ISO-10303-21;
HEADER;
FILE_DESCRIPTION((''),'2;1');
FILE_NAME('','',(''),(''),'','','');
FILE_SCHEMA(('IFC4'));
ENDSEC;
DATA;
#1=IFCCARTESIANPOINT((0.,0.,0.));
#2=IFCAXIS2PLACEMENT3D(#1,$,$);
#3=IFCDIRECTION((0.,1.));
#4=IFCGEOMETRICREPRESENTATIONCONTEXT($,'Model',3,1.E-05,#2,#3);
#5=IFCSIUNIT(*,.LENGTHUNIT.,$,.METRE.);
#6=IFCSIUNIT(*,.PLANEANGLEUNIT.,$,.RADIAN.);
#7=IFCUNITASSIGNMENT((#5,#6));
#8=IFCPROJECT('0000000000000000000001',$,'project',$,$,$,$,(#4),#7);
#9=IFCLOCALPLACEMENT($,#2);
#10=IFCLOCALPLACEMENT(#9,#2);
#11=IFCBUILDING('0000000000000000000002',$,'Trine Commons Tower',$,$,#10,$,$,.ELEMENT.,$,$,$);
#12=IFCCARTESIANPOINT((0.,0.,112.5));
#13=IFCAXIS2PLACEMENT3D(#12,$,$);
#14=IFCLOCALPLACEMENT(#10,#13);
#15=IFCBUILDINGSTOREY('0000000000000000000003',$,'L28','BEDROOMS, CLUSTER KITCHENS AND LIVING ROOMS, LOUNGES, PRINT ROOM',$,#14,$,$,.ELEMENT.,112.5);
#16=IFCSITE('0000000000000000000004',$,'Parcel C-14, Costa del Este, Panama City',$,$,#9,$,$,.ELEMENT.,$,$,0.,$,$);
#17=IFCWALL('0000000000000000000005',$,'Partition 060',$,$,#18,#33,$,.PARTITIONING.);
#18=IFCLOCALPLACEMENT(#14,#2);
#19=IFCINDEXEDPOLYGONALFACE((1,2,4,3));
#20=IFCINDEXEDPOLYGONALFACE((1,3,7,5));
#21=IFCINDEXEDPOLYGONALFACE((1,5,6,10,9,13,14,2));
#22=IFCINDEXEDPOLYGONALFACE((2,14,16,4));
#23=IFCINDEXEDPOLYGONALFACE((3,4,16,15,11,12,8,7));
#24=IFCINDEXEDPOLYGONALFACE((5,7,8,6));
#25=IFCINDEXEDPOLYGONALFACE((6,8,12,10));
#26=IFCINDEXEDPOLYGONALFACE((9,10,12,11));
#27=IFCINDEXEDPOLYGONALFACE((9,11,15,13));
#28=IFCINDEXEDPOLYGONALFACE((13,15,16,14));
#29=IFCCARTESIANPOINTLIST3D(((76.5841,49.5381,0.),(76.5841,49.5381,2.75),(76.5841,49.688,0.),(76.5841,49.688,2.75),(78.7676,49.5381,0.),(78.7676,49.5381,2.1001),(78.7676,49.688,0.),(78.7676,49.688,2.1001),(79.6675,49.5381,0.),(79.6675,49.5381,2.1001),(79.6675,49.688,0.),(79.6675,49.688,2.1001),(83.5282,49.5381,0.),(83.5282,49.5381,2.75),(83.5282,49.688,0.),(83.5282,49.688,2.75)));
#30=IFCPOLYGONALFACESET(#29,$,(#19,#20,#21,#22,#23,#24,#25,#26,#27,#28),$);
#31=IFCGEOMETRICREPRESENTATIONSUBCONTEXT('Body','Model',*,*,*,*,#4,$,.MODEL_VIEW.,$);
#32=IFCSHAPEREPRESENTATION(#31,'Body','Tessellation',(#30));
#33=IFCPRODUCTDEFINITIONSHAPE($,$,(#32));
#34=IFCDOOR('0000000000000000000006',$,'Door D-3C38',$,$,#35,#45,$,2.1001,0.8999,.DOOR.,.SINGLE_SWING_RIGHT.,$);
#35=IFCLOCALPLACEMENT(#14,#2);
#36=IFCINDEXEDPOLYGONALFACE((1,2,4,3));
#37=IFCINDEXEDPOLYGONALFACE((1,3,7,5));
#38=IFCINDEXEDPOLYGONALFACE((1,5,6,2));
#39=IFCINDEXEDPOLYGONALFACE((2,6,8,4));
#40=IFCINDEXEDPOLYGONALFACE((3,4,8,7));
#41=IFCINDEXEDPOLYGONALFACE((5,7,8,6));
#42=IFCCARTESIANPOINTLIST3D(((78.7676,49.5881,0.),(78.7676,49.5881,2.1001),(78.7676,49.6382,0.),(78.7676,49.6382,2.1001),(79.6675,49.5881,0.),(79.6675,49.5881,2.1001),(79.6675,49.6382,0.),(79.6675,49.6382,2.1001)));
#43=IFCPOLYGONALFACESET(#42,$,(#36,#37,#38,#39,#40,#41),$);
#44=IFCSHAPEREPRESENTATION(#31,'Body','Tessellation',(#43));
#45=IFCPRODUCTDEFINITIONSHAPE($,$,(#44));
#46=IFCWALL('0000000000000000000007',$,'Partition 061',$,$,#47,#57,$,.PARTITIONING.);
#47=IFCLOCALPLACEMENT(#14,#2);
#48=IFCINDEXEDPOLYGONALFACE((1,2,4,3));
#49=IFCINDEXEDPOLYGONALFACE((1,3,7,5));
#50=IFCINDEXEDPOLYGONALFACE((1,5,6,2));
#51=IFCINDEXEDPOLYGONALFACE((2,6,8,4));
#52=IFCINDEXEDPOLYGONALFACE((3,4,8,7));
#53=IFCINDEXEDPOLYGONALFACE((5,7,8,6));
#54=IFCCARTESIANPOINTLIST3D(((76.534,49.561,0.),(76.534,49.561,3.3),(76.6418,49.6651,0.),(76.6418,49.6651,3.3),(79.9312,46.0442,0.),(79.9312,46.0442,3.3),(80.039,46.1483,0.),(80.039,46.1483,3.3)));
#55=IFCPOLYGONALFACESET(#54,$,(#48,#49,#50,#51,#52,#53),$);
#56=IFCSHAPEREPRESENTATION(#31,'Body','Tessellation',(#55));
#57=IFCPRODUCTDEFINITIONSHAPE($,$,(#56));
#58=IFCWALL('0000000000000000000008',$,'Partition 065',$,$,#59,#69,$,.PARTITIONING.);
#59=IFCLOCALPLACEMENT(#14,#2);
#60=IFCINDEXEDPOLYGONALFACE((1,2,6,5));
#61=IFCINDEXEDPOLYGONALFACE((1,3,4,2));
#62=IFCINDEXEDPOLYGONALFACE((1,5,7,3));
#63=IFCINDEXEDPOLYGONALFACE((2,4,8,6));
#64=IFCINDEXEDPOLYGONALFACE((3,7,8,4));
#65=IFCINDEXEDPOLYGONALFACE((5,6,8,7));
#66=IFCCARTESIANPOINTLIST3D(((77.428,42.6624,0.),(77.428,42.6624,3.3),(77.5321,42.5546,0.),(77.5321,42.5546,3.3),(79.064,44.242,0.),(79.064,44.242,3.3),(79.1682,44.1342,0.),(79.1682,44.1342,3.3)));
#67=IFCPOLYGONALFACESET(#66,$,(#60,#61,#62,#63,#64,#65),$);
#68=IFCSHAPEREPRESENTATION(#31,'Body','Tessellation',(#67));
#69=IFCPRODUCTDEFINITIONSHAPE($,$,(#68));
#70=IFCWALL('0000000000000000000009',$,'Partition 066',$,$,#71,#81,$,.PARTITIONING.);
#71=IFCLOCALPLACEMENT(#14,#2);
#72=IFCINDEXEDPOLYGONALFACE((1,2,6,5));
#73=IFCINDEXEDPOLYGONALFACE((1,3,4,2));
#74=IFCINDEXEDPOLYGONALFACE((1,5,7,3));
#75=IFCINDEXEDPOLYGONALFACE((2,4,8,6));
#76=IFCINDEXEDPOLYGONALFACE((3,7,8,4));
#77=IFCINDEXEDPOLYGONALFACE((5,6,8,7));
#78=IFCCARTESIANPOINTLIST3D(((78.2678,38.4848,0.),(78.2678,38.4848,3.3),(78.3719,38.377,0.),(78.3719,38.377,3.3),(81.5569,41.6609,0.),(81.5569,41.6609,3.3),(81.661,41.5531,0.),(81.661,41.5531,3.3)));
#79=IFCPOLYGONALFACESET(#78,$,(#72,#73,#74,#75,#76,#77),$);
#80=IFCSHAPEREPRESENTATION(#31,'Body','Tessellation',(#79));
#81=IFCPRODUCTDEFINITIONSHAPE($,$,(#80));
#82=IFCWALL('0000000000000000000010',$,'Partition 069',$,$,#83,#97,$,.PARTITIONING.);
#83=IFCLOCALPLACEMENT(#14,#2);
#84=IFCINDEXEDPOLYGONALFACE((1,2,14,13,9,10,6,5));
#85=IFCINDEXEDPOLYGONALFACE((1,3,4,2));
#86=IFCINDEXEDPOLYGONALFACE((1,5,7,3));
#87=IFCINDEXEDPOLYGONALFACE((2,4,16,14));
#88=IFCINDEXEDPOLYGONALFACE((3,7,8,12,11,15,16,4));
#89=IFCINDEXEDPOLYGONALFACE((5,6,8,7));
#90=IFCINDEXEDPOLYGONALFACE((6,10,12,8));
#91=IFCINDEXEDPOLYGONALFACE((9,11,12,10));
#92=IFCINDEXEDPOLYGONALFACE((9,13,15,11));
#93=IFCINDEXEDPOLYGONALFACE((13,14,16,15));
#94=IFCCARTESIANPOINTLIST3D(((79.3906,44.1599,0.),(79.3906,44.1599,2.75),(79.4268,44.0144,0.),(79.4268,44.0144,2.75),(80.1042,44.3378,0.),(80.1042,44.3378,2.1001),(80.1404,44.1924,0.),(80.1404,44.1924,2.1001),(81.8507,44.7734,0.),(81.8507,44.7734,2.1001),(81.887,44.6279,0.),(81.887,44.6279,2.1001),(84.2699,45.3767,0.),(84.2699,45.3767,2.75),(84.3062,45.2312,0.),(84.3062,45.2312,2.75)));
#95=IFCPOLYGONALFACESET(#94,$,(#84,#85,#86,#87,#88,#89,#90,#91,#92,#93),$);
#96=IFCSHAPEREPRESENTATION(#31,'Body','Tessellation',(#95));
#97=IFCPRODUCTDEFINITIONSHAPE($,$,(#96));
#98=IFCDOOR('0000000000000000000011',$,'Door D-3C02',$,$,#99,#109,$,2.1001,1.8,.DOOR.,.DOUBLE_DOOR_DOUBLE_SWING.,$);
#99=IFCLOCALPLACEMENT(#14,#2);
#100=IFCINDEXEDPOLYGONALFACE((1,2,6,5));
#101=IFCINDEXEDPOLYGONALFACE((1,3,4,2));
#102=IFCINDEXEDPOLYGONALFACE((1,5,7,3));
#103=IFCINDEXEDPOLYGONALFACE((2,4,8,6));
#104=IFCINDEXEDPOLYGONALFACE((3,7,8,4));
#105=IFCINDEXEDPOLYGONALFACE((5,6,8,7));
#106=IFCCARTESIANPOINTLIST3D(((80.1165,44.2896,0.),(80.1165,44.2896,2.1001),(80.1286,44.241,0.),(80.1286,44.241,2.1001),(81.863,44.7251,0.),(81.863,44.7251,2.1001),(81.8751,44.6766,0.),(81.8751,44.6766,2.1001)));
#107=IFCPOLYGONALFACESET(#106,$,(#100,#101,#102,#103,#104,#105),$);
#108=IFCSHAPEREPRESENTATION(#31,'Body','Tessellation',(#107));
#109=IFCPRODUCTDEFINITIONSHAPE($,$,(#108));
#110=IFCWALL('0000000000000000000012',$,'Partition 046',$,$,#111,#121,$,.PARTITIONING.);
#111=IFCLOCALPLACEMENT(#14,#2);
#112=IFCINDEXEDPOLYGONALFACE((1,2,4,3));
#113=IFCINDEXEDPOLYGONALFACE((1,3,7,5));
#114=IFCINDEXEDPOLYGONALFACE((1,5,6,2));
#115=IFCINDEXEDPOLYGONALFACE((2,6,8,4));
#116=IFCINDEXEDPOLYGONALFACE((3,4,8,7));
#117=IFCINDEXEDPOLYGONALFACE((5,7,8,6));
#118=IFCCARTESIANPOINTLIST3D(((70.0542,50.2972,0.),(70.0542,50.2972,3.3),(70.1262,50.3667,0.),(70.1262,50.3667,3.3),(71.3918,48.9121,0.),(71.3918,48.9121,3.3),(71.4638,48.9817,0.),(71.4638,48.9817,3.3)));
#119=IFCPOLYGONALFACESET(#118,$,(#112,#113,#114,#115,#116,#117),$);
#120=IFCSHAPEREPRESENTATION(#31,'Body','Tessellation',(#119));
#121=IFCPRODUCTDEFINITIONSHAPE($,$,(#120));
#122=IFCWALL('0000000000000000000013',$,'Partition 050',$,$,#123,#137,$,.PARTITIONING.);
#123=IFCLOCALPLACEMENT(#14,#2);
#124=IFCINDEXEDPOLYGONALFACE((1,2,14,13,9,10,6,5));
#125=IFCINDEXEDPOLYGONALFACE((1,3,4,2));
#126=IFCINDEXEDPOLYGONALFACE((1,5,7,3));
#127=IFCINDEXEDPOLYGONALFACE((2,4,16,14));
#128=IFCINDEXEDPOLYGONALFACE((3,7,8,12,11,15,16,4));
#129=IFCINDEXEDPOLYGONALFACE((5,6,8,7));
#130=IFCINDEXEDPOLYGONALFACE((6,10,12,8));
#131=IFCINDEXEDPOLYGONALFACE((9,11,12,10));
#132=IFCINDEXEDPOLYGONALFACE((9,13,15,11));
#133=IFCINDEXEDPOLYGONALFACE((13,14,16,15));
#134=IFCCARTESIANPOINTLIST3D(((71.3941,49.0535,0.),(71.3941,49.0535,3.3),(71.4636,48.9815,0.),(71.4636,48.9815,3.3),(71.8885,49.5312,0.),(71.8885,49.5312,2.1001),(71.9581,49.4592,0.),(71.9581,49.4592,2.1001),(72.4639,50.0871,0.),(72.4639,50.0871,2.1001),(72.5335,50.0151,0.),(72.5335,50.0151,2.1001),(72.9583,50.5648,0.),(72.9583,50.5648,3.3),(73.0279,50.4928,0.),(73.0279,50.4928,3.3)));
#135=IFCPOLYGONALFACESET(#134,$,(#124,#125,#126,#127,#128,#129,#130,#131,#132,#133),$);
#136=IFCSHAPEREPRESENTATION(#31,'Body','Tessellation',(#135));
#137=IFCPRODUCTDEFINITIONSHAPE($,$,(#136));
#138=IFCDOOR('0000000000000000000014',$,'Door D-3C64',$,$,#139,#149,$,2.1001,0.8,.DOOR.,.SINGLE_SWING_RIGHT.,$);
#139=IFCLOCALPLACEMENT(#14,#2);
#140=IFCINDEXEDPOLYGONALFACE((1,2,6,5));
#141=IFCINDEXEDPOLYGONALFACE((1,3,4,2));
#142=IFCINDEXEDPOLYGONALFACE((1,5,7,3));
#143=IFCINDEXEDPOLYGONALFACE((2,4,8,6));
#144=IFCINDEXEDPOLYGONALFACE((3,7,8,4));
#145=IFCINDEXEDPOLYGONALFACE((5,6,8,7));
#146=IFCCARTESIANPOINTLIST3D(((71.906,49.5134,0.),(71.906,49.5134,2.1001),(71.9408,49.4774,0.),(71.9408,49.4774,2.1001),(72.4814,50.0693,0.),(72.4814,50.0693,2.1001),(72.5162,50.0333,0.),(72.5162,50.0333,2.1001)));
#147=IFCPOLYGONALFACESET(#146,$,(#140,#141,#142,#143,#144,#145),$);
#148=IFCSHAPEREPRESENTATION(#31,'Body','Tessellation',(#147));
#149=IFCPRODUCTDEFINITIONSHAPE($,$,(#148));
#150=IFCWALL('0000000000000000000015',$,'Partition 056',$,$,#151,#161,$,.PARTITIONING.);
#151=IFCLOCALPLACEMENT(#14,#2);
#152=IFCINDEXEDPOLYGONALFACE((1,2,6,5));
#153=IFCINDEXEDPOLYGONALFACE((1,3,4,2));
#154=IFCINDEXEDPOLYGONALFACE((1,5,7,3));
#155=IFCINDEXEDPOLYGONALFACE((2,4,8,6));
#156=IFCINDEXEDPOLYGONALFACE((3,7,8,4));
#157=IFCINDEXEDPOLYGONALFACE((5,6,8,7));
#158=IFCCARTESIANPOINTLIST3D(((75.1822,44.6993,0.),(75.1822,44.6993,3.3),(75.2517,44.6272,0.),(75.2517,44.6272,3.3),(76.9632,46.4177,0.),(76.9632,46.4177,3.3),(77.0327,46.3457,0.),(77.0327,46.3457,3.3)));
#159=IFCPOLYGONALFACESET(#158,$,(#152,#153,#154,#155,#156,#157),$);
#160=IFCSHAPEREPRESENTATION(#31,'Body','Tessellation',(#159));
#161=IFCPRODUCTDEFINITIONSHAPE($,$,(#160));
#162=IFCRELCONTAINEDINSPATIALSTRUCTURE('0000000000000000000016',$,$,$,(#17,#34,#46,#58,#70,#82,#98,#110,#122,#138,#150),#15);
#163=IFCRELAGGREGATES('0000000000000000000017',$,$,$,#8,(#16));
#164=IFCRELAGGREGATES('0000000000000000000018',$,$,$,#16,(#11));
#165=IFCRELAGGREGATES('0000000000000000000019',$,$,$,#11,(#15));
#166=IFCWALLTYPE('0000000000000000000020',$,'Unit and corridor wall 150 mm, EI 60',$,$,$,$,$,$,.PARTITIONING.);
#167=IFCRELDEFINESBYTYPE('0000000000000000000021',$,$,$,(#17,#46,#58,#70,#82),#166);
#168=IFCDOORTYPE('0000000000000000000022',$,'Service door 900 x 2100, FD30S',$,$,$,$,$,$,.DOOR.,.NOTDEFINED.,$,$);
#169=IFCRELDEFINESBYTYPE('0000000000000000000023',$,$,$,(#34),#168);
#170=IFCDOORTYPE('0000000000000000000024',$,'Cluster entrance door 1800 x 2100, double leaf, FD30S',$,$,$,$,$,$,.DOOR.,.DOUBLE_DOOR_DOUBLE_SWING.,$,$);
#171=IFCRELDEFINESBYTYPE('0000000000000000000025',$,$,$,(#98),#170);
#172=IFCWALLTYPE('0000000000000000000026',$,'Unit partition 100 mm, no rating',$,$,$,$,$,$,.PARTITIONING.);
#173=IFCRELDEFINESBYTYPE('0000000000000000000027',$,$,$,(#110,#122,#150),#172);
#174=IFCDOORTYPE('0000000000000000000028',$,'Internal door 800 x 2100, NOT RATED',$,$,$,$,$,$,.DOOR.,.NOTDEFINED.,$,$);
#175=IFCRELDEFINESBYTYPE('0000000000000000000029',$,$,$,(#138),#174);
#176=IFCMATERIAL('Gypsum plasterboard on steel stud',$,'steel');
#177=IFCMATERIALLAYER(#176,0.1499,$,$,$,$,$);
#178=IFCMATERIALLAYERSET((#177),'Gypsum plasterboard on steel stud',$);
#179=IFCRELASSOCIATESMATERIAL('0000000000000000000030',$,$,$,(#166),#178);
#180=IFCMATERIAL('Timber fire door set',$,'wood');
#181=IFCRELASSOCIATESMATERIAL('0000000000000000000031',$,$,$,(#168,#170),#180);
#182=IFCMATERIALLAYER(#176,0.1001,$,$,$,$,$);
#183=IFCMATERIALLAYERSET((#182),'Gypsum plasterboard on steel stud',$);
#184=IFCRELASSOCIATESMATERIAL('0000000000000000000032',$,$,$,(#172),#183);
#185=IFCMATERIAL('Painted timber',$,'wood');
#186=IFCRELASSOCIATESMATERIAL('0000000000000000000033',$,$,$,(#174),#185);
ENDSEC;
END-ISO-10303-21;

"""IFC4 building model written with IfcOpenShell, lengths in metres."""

from ifc_helpers import new_model, si_unit, direction, frame, frame_2d, origin, place, context, subcontext, project, spatial, rectangle, extrude, material, layer, layer_set, type_object, element, fill, save


model = new_model("IFC4")

# Units and contexts
model_context = context("Model", 3, precision=1e-05, world=origin(), true_north=direction((0.0, 1.0)))
body_context = subcontext(model_context, "Body", "Model", "MODEL_VIEW")
ifc_project = project(units=[si_unit("LENGTHUNIT", "METRE"), si_unit("PLANEANGLEUNIT", "RADIAN")], contexts=[model_context])

# Site, building, storey
site_placement = place(None, origin())
site = spatial("IfcSite", under=ifc_project, at=site_placement, Name="Parcel C-14, Costa del Este, Panama City", CompositionType="ELEMENT", RefElevation=0.0)
building_placement = place(site_placement, origin())
building = spatial("IfcBuilding", under=site, at=building_placement, Name="Trine Commons Tower", CompositionType="ELEMENT")
storey_placement = place(building_placement, frame((0.0, 0.0, 112.5)))
storey = spatial("IfcBuildingStorey", under=building, at=storey_placement, Name="L28", Description="BEDROOMS, CLUSTER KITCHENS AND LIVING ROOMS, LOUNGES, PRINT ROOM", CompositionType="ELEMENT", Elevation=112.5)

# Shared definitions
ifc_material_1 = material(Name="Gypsum plasterboard on steel stud", Category="steel")
ifc_layer_1 = layer(ifc_material_1, 0.1499)
ifc_layer_set_1 = layer_set([ifc_layer_1], Name="Gypsum plasterboard on steel stud")
wall_type_1 = type_object("IfcWallType", Name="Unit and corridor wall 150 mm, EI 60", PredefinedType="PARTITIONING", material=ifc_layer_set_1)

# Wall, opening, door
wall_1_placement = place(storey_placement, frame((76.584, 49.613, 0.0), z_axis=(0.0, 0.0, 1.0), x_axis=(1.0, 0.0, 0.0)))
wall_1 = element("IfcWall", 1, at=wall_1_placement, inside=storey, type_object=wall_type_1, Name="Partition 060", PredefinedType="PARTITIONING", context=body_context, shape_type="SweptSolid", body=[
    extrude(rectangle(XDim=6.9441, YDim=0.1499, at=frame_2d((3.4722, 0.0))), origin(), (0.0, 0.0, 1.0), 2.75),
])
opening_1_placement = place(wall_1_placement, frame((2.1836, 0.0, 0.0)))
opening_1 = element("IfcOpeningElement", 2, at=opening_1_placement, cuts=wall_1, PredefinedType="OPENING", context=body_context, shape_type="SweptSolid", body=[
    extrude(rectangle(XDim=0.8999, YDim=2.1001, at=frame_2d((0.45, 1.05))), frame((0.0, 0.085, 0.0), z_axis=(0.0, -1.0, 0.0), x_axis=(1.0, 0.0, 0.0)), (0.0, 0.0, 1.0), 0.1699),
])
ifc_material_2 = material(Name="Timber fire door set", Category="wood")
door_type_1 = type_object("IfcDoorType", Name="Service door 900 x 2100, FD30S", OperationType="NOTDEFINED", PredefinedType="DOOR", material=ifc_material_2)
door_1_placement = place(opening_1_placement, frame((0.8999, 0.0, 0.0), z_axis=(0.0, 0.0, 1.0), x_axis=(-1.0, 0.0, 0.0)))
door_1 = element("IfcDoor", 3, at=door_1_placement, inside=storey, type_object=door_type_1, Name="Door D-3C38", OperationType="SINGLE_SWING_RIGHT", OverallHeight=2.1001, OverallWidth=0.8999, PredefinedType="DOOR", context=body_context, shape_type="SweptSolid", body=[
    extrude(rectangle(XDim=0.8999, YDim=2.1001, at=frame_2d((0.45, 1.05))), frame((0.0, 0.0249, 0.0), z_axis=(0.0, -1.0, 0.0), x_axis=(1.0, 0.0, 0.0)), (0.0, 0.0, 1.0), 0.05),
])
fill(opening_1, door_1)

# Walls
wall_2_placement = place(storey_placement, frame((76.5879, 49.613, 0.0), z_axis=(0.0, 0.0, 1.0), x_axis=(0.694768, -0.719234, 0.0)))
element("IfcWall", 4, at=wall_2_placement, inside=storey, type_object=wall_type_1, Name="Partition 061", PredefinedType="PARTITIONING", context=body_context, shape_type="SweptSolid", body=[
    extrude(rectangle(XDim=4.8896, YDim=0.1499, at=frame_2d((2.4448, 0.0))), origin(), (0.0, 0.0, 1.0), 3.3),
])
wall_3_placement = place(storey_placement, frame((77.48, 42.6084, 0.0), z_axis=(0.0, 0.0, 1.0), x_axis=(0.719398, 0.694598, 0.0)))
element("IfcWall", 5, at=wall_3_placement, inside=storey, type_object=wall_type_1, Name="Partition 065", PredefinedType="PARTITIONING", context=body_context, shape_type="SweptSolid", body=[
    extrude(rectangle(XDim=2.2742, YDim=0.1499, at=frame_2d((1.1372, 0.0))), origin(), (0.0, 0.0, 1.0), 3.3),
])
wall_4_placement = place(storey_placement, frame((78.3198, 38.4309, 0.0), z_axis=(0.0, 0.0, 1.0), x_axis=(0.71936, 0.694637, 0.0)))
element("IfcWall", 6, at=wall_4_placement, inside=storey, type_object=wall_type_1, Name="Partition 066", PredefinedType="PARTITIONING", context=body_context, shape_type="SweptSolid", body=[
    extrude(rectangle(XDim=4.5723, YDim=0.1499, at=frame_2d((2.2861, 0.0))), origin(), (0.0, 0.0, 1.0), 3.3),
])

# Wall, opening, door
wall_5_placement = place(storey_placement, frame((79.4087, 44.0872, 0.0), z_axis=(0.0, 0.0, 1.0), x_axis=(0.970285, 0.241964, 0.0)))
wall_5 = element("IfcWall", 7, at=wall_5_placement, inside=storey, type_object=wall_type_1, Name="Partition 069", PredefinedType="PARTITIONING", context=body_context, shape_type="SweptSolid", body=[
    extrude(rectangle(XDim=5.0288, YDim=0.1499, at=frame_2d((2.5144, 0.0))), origin(), (0.0, 0.0, 1.0), 2.75),
])
opening_2_placement = place(wall_5_placement, frame((0.7356, 0.0, 0.0)))
opening_2 = element("IfcOpeningElement", 8, at=opening_2_placement, cuts=wall_5, PredefinedType="OPENING", context=body_context, shape_type="SweptSolid", body=[
    extrude(rectangle(XDim=1.8, YDim=2.1001, at=frame_2d((0.8999, 1.05))), frame((0.0, 0.085, 0.0), z_axis=(0.0, -1.0, 0.0), x_axis=(1.0, 0.0, 0.0)), (0.0, 0.0, 1.0), 0.1699),
])
door_type_2 = type_object("IfcDoorType", Name="Cluster entrance door 1800 x 2100, double leaf, FD30S", OperationType="DOUBLE_DOOR_DOUBLE_SWING", PredefinedType="DOOR", material=ifc_material_2)
door_2_placement = place(opening_2_placement, frame((1.8, 0.0, 0.0), z_axis=(0.0, 0.0, 1.0), x_axis=(-1.0, 0.0, 0.0)))
door_2 = element("IfcDoor", 9, at=door_2_placement, inside=storey, type_object=door_type_2, Name="Door D-3C02", OperationType="DOUBLE_DOOR_DOUBLE_SWING", OverallHeight=2.1001, OverallWidth=1.8, PredefinedType="DOOR", context=body_context, shape_type="SweptSolid", body=[
    extrude(rectangle(XDim=1.8, YDim=2.1001, at=frame_2d((0.8999, 1.05))), frame((0.0, 0.0249, 0.0), z_axis=(0.0, -1.0, 0.0), x_axis=(1.0, 0.0, 0.0)), (0.0, 0.0, 1.0), 0.05),
])
fill(opening_2, door_2)

# Wall
ifc_layer_2 = layer(ifc_material_1, 0.1001)
ifc_layer_set_2 = layer_set([ifc_layer_2], Name="Gypsum plasterboard on steel stud")
wall_type_2 = type_object("IfcWallType", Name="Unit partition 100 mm, no rating", PredefinedType="PARTITIONING", material=ifc_layer_set_2)
wall_6_placement = place(storey_placement, frame((70.0901, 50.332, 0.0), z_axis=(0.0, 0.0, 1.0), x_axis=(0.694701, -0.719299, 0.0)))
element("IfcWall", 10, at=wall_6_placement, inside=storey, type_object=wall_type_2, Name="Partition 046", PredefinedType="PARTITIONING", context=body_context, shape_type="SweptSolid", body=[
    extrude(rectangle(XDim=1.9255, YDim=0.1001, at=frame_2d((0.9629, 0.0))), origin(), (0.0, 0.0, 1.0), 3.3),
])

# Wall, opening, door
wall_7_placement = place(storey_placement, frame((71.429, 49.0176, 0.0), z_axis=(0.0, 0.0, 1.0), x_axis=(0.719181, 0.694823, 0.0)))
wall_7 = element("IfcWall", 11, at=wall_7_placement, inside=storey, type_object=wall_type_2, Name="Partition 050", PredefinedType="PARTITIONING", context=body_context, shape_type="SweptSolid", body=[
    extrude(rectangle(XDim=2.175, YDim=0.1001, at=frame_2d((1.0874, 0.0))), origin(), (0.0, 0.0, 1.0), 3.3),
])
opening_3_placement = place(wall_7_placement, frame((0.6875, 0.0, 0.0)))
opening_3 = element("IfcOpeningElement", 12, at=opening_3_placement, cuts=wall_7, PredefinedType="OPENING", context=body_context, shape_type="SweptSolid", body=[
    extrude(rectangle(XDim=0.8, YDim=2.1001, at=frame_2d((0.3999, 1.05))), frame((0.0, 0.0601, 0.0), z_axis=(0.0, -1.0, 0.0), x_axis=(1.0, 0.0, 0.0)), (0.0, 0.0, 1.0), 0.1201),
])
ifc_material_3 = material(Name="Painted timber", Category="wood")
door_type_3 = type_object("IfcDoorType", Name="Internal door 800 x 2100, NOT RATED", OperationType="NOTDEFINED", PredefinedType="DOOR", material=ifc_material_3)
door_3_placement = place(opening_3_placement, frame((0.8, 0.0, 0.0), z_axis=(0.0, 0.0, 1.0), x_axis=(-1.0, 0.0, 0.0)))
door_3 = element("IfcDoor", 13, at=door_3_placement, inside=storey, type_object=door_type_3, Name="Door D-3C64", OperationType="SINGLE_SWING_RIGHT", OverallHeight=2.1001, OverallWidth=0.8, PredefinedType="DOOR", context=body_context, shape_type="SweptSolid", body=[
    extrude(rectangle(XDim=0.8, YDim=2.1001, at=frame_2d((0.3999, 1.05))), frame((0.0, 0.0249, 0.0), z_axis=(0.0, -1.0, 0.0), x_axis=(1.0, 0.0, 0.0)), (0.0, 0.0, 1.0), 0.05),
])
fill(opening_3, door_3)

# Wall
wall_8_placement = place(storey_placement, frame((75.217, 44.6633, 0.0), z_axis=(0.0, 0.0, 1.0), x_axis=(0.719621, 0.694367, 0.0)))
element("IfcWall", 14, at=wall_8_placement, inside=storey, type_object=wall_type_2, Name="Partition 056", PredefinedType="PARTITIONING", context=body_context, shape_type="SweptSolid", body=[
    extrude(rectangle(XDim=2.4749, YDim=0.1001, at=frame_2d((1.2373, 0.0))), origin(), (0.0, 0.0, 1.0), 3.3),
])

save(model, "model.ifc")
